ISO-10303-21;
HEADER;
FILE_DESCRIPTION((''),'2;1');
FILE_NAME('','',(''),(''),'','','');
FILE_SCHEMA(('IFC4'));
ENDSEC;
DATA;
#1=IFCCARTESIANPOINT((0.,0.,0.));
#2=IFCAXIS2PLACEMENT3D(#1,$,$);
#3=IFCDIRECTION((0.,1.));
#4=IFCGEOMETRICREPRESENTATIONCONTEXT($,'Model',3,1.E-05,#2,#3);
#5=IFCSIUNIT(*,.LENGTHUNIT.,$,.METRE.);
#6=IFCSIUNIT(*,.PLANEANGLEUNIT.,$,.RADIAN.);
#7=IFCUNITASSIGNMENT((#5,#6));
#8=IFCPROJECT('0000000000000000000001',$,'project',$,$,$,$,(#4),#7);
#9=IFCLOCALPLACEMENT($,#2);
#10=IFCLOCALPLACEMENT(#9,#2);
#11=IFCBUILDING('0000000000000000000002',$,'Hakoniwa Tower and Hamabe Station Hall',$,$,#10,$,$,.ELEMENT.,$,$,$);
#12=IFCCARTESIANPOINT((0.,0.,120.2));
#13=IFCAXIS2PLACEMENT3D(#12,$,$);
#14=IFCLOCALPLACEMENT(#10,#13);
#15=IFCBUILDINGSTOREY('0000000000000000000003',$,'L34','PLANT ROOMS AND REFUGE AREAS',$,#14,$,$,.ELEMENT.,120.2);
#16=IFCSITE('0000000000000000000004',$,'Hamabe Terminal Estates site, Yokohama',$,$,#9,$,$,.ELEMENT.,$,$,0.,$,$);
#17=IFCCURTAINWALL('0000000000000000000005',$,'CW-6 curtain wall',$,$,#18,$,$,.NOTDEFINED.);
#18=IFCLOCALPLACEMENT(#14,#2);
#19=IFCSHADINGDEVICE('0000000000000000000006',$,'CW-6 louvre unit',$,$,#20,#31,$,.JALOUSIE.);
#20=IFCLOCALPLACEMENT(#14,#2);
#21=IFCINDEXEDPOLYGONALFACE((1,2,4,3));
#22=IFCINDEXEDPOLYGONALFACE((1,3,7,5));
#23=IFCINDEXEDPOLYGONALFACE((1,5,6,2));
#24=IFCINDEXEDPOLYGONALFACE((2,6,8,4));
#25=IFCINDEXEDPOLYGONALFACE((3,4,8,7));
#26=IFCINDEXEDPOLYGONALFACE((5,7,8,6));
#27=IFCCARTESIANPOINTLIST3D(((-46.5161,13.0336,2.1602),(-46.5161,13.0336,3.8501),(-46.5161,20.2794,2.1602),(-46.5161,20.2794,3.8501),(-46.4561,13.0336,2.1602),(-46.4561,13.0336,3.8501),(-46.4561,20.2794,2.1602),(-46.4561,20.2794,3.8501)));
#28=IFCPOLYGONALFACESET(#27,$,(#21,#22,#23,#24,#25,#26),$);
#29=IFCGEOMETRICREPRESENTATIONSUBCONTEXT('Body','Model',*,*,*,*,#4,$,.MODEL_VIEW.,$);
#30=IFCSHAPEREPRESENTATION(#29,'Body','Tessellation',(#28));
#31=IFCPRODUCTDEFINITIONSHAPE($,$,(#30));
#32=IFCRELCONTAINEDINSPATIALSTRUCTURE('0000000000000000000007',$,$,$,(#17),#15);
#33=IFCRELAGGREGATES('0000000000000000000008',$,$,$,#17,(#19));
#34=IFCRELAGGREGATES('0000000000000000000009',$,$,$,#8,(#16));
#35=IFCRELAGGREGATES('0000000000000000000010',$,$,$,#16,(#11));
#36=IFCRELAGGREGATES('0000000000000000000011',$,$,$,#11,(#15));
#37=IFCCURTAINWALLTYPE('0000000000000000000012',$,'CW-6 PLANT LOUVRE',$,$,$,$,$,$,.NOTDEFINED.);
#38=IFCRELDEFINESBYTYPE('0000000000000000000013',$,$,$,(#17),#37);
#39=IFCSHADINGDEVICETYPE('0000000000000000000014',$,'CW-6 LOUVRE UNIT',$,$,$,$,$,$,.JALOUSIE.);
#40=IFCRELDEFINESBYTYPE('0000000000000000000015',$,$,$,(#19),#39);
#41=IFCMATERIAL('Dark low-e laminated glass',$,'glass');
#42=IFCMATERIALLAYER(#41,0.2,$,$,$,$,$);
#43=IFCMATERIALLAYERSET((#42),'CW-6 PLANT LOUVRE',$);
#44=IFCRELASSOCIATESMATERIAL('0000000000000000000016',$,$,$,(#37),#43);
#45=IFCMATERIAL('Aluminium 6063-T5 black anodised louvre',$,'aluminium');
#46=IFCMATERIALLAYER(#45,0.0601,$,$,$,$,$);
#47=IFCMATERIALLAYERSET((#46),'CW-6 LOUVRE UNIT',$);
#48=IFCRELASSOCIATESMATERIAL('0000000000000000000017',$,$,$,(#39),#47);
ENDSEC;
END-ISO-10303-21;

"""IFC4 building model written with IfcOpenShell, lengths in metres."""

from ifc_helpers import new_model, si_unit, direction, frame, origin, origin_2d, place, context, subcontext, project, spatial, rectangle, extrude, material, layer, layer_set, type_object, element, aggregate, save


model = new_model("IFC4")

# Units and contexts
model_context = context("Model", 3, precision=1e-05, world=origin(), true_north=direction((0.0, 1.0)))
body_context = subcontext(model_context, "Body", "Model", "MODEL_VIEW")
ifc_project = project(units=[si_unit("LENGTHUNIT", "METRE"), si_unit("PLANEANGLEUNIT", "RADIAN")], contexts=[model_context])

# Site, building, storey
site_placement = place(None, origin())
site = spatial("IfcSite", under=ifc_project, at=site_placement, Name="Hamabe Terminal Estates site, Yokohama", CompositionType="ELEMENT", RefElevation=0.0)
building_placement = place(site_placement, origin())
building = spatial("IfcBuilding", under=site, at=building_placement, Name="Hakoniwa Tower and Hamabe Station Hall", CompositionType="ELEMENT")
storey_placement = place(building_placement, frame((0.0, 0.0, 120.2)))
storey = spatial("IfcBuildingStorey", under=building, at=storey_placement, Name="L34", Description="PLANT ROOMS AND REFUGE AREAS", CompositionType="ELEMENT", Elevation=120.2)

# Curtain wall
ifc_material_1 = material(Name="Dark low-e laminated glass", Category="glass")
ifc_layer_1 = layer(ifc_material_1, 0.2)
ifc_layer_set_1 = layer_set([ifc_layer_1], Name="CW-6 PLANT LOUVRE")
curtain_wall_type = type_object("IfcCurtainWallType", Name="CW-6 PLANT LOUVRE", PredefinedType="NOTDEFINED", material=ifc_layer_set_1)
curtain_wall_1_placement = place(storey_placement, origin())
curtain_wall_1 = element("IfcCurtainWall", 1, at=curtain_wall_1_placement, inside=storey, type_object=curtain_wall_type, Name="CW-6 curtain wall", PredefinedType="NOTDEFINED")

# Shading device
ifc_material_2 = material(Name="Aluminium 6063-T5 black anodised louvre", Category="aluminium")
ifc_layer_2 = layer(ifc_material_2, 0.0601)
ifc_layer_set_2 = layer_set([ifc_layer_2], Name="CW-6 LOUVRE UNIT")
shading_device_type = type_object("IfcShadingDeviceType", Name="CW-6 LOUVRE UNIT", PredefinedType="JALOUSIE", material=ifc_layer_set_2)
shading_device_1_placement = place(storey_placement, frame((-46.4861, 16.6565, 2.1602), z_axis=(0.0, 0.0, 1.0), x_axis=(0.0, -1.0, 0.0)))
shading_device_1 = element("IfcShadingDevice", 2, at=shading_device_1_placement, type_object=shading_device_type, Name="CW-6 louvre unit", PredefinedType="JALOUSIE", context=body_context, shape_type="SweptSolid", body=[
    extrude(rectangle(XDim=7.2458, YDim=0.0601, at=origin_2d()), origin(), (0.0, 0.0, 1.0), 1.6899),
])
aggregate(curtain_wall_1, [shading_device_1])

save(model, "model.ifc")
